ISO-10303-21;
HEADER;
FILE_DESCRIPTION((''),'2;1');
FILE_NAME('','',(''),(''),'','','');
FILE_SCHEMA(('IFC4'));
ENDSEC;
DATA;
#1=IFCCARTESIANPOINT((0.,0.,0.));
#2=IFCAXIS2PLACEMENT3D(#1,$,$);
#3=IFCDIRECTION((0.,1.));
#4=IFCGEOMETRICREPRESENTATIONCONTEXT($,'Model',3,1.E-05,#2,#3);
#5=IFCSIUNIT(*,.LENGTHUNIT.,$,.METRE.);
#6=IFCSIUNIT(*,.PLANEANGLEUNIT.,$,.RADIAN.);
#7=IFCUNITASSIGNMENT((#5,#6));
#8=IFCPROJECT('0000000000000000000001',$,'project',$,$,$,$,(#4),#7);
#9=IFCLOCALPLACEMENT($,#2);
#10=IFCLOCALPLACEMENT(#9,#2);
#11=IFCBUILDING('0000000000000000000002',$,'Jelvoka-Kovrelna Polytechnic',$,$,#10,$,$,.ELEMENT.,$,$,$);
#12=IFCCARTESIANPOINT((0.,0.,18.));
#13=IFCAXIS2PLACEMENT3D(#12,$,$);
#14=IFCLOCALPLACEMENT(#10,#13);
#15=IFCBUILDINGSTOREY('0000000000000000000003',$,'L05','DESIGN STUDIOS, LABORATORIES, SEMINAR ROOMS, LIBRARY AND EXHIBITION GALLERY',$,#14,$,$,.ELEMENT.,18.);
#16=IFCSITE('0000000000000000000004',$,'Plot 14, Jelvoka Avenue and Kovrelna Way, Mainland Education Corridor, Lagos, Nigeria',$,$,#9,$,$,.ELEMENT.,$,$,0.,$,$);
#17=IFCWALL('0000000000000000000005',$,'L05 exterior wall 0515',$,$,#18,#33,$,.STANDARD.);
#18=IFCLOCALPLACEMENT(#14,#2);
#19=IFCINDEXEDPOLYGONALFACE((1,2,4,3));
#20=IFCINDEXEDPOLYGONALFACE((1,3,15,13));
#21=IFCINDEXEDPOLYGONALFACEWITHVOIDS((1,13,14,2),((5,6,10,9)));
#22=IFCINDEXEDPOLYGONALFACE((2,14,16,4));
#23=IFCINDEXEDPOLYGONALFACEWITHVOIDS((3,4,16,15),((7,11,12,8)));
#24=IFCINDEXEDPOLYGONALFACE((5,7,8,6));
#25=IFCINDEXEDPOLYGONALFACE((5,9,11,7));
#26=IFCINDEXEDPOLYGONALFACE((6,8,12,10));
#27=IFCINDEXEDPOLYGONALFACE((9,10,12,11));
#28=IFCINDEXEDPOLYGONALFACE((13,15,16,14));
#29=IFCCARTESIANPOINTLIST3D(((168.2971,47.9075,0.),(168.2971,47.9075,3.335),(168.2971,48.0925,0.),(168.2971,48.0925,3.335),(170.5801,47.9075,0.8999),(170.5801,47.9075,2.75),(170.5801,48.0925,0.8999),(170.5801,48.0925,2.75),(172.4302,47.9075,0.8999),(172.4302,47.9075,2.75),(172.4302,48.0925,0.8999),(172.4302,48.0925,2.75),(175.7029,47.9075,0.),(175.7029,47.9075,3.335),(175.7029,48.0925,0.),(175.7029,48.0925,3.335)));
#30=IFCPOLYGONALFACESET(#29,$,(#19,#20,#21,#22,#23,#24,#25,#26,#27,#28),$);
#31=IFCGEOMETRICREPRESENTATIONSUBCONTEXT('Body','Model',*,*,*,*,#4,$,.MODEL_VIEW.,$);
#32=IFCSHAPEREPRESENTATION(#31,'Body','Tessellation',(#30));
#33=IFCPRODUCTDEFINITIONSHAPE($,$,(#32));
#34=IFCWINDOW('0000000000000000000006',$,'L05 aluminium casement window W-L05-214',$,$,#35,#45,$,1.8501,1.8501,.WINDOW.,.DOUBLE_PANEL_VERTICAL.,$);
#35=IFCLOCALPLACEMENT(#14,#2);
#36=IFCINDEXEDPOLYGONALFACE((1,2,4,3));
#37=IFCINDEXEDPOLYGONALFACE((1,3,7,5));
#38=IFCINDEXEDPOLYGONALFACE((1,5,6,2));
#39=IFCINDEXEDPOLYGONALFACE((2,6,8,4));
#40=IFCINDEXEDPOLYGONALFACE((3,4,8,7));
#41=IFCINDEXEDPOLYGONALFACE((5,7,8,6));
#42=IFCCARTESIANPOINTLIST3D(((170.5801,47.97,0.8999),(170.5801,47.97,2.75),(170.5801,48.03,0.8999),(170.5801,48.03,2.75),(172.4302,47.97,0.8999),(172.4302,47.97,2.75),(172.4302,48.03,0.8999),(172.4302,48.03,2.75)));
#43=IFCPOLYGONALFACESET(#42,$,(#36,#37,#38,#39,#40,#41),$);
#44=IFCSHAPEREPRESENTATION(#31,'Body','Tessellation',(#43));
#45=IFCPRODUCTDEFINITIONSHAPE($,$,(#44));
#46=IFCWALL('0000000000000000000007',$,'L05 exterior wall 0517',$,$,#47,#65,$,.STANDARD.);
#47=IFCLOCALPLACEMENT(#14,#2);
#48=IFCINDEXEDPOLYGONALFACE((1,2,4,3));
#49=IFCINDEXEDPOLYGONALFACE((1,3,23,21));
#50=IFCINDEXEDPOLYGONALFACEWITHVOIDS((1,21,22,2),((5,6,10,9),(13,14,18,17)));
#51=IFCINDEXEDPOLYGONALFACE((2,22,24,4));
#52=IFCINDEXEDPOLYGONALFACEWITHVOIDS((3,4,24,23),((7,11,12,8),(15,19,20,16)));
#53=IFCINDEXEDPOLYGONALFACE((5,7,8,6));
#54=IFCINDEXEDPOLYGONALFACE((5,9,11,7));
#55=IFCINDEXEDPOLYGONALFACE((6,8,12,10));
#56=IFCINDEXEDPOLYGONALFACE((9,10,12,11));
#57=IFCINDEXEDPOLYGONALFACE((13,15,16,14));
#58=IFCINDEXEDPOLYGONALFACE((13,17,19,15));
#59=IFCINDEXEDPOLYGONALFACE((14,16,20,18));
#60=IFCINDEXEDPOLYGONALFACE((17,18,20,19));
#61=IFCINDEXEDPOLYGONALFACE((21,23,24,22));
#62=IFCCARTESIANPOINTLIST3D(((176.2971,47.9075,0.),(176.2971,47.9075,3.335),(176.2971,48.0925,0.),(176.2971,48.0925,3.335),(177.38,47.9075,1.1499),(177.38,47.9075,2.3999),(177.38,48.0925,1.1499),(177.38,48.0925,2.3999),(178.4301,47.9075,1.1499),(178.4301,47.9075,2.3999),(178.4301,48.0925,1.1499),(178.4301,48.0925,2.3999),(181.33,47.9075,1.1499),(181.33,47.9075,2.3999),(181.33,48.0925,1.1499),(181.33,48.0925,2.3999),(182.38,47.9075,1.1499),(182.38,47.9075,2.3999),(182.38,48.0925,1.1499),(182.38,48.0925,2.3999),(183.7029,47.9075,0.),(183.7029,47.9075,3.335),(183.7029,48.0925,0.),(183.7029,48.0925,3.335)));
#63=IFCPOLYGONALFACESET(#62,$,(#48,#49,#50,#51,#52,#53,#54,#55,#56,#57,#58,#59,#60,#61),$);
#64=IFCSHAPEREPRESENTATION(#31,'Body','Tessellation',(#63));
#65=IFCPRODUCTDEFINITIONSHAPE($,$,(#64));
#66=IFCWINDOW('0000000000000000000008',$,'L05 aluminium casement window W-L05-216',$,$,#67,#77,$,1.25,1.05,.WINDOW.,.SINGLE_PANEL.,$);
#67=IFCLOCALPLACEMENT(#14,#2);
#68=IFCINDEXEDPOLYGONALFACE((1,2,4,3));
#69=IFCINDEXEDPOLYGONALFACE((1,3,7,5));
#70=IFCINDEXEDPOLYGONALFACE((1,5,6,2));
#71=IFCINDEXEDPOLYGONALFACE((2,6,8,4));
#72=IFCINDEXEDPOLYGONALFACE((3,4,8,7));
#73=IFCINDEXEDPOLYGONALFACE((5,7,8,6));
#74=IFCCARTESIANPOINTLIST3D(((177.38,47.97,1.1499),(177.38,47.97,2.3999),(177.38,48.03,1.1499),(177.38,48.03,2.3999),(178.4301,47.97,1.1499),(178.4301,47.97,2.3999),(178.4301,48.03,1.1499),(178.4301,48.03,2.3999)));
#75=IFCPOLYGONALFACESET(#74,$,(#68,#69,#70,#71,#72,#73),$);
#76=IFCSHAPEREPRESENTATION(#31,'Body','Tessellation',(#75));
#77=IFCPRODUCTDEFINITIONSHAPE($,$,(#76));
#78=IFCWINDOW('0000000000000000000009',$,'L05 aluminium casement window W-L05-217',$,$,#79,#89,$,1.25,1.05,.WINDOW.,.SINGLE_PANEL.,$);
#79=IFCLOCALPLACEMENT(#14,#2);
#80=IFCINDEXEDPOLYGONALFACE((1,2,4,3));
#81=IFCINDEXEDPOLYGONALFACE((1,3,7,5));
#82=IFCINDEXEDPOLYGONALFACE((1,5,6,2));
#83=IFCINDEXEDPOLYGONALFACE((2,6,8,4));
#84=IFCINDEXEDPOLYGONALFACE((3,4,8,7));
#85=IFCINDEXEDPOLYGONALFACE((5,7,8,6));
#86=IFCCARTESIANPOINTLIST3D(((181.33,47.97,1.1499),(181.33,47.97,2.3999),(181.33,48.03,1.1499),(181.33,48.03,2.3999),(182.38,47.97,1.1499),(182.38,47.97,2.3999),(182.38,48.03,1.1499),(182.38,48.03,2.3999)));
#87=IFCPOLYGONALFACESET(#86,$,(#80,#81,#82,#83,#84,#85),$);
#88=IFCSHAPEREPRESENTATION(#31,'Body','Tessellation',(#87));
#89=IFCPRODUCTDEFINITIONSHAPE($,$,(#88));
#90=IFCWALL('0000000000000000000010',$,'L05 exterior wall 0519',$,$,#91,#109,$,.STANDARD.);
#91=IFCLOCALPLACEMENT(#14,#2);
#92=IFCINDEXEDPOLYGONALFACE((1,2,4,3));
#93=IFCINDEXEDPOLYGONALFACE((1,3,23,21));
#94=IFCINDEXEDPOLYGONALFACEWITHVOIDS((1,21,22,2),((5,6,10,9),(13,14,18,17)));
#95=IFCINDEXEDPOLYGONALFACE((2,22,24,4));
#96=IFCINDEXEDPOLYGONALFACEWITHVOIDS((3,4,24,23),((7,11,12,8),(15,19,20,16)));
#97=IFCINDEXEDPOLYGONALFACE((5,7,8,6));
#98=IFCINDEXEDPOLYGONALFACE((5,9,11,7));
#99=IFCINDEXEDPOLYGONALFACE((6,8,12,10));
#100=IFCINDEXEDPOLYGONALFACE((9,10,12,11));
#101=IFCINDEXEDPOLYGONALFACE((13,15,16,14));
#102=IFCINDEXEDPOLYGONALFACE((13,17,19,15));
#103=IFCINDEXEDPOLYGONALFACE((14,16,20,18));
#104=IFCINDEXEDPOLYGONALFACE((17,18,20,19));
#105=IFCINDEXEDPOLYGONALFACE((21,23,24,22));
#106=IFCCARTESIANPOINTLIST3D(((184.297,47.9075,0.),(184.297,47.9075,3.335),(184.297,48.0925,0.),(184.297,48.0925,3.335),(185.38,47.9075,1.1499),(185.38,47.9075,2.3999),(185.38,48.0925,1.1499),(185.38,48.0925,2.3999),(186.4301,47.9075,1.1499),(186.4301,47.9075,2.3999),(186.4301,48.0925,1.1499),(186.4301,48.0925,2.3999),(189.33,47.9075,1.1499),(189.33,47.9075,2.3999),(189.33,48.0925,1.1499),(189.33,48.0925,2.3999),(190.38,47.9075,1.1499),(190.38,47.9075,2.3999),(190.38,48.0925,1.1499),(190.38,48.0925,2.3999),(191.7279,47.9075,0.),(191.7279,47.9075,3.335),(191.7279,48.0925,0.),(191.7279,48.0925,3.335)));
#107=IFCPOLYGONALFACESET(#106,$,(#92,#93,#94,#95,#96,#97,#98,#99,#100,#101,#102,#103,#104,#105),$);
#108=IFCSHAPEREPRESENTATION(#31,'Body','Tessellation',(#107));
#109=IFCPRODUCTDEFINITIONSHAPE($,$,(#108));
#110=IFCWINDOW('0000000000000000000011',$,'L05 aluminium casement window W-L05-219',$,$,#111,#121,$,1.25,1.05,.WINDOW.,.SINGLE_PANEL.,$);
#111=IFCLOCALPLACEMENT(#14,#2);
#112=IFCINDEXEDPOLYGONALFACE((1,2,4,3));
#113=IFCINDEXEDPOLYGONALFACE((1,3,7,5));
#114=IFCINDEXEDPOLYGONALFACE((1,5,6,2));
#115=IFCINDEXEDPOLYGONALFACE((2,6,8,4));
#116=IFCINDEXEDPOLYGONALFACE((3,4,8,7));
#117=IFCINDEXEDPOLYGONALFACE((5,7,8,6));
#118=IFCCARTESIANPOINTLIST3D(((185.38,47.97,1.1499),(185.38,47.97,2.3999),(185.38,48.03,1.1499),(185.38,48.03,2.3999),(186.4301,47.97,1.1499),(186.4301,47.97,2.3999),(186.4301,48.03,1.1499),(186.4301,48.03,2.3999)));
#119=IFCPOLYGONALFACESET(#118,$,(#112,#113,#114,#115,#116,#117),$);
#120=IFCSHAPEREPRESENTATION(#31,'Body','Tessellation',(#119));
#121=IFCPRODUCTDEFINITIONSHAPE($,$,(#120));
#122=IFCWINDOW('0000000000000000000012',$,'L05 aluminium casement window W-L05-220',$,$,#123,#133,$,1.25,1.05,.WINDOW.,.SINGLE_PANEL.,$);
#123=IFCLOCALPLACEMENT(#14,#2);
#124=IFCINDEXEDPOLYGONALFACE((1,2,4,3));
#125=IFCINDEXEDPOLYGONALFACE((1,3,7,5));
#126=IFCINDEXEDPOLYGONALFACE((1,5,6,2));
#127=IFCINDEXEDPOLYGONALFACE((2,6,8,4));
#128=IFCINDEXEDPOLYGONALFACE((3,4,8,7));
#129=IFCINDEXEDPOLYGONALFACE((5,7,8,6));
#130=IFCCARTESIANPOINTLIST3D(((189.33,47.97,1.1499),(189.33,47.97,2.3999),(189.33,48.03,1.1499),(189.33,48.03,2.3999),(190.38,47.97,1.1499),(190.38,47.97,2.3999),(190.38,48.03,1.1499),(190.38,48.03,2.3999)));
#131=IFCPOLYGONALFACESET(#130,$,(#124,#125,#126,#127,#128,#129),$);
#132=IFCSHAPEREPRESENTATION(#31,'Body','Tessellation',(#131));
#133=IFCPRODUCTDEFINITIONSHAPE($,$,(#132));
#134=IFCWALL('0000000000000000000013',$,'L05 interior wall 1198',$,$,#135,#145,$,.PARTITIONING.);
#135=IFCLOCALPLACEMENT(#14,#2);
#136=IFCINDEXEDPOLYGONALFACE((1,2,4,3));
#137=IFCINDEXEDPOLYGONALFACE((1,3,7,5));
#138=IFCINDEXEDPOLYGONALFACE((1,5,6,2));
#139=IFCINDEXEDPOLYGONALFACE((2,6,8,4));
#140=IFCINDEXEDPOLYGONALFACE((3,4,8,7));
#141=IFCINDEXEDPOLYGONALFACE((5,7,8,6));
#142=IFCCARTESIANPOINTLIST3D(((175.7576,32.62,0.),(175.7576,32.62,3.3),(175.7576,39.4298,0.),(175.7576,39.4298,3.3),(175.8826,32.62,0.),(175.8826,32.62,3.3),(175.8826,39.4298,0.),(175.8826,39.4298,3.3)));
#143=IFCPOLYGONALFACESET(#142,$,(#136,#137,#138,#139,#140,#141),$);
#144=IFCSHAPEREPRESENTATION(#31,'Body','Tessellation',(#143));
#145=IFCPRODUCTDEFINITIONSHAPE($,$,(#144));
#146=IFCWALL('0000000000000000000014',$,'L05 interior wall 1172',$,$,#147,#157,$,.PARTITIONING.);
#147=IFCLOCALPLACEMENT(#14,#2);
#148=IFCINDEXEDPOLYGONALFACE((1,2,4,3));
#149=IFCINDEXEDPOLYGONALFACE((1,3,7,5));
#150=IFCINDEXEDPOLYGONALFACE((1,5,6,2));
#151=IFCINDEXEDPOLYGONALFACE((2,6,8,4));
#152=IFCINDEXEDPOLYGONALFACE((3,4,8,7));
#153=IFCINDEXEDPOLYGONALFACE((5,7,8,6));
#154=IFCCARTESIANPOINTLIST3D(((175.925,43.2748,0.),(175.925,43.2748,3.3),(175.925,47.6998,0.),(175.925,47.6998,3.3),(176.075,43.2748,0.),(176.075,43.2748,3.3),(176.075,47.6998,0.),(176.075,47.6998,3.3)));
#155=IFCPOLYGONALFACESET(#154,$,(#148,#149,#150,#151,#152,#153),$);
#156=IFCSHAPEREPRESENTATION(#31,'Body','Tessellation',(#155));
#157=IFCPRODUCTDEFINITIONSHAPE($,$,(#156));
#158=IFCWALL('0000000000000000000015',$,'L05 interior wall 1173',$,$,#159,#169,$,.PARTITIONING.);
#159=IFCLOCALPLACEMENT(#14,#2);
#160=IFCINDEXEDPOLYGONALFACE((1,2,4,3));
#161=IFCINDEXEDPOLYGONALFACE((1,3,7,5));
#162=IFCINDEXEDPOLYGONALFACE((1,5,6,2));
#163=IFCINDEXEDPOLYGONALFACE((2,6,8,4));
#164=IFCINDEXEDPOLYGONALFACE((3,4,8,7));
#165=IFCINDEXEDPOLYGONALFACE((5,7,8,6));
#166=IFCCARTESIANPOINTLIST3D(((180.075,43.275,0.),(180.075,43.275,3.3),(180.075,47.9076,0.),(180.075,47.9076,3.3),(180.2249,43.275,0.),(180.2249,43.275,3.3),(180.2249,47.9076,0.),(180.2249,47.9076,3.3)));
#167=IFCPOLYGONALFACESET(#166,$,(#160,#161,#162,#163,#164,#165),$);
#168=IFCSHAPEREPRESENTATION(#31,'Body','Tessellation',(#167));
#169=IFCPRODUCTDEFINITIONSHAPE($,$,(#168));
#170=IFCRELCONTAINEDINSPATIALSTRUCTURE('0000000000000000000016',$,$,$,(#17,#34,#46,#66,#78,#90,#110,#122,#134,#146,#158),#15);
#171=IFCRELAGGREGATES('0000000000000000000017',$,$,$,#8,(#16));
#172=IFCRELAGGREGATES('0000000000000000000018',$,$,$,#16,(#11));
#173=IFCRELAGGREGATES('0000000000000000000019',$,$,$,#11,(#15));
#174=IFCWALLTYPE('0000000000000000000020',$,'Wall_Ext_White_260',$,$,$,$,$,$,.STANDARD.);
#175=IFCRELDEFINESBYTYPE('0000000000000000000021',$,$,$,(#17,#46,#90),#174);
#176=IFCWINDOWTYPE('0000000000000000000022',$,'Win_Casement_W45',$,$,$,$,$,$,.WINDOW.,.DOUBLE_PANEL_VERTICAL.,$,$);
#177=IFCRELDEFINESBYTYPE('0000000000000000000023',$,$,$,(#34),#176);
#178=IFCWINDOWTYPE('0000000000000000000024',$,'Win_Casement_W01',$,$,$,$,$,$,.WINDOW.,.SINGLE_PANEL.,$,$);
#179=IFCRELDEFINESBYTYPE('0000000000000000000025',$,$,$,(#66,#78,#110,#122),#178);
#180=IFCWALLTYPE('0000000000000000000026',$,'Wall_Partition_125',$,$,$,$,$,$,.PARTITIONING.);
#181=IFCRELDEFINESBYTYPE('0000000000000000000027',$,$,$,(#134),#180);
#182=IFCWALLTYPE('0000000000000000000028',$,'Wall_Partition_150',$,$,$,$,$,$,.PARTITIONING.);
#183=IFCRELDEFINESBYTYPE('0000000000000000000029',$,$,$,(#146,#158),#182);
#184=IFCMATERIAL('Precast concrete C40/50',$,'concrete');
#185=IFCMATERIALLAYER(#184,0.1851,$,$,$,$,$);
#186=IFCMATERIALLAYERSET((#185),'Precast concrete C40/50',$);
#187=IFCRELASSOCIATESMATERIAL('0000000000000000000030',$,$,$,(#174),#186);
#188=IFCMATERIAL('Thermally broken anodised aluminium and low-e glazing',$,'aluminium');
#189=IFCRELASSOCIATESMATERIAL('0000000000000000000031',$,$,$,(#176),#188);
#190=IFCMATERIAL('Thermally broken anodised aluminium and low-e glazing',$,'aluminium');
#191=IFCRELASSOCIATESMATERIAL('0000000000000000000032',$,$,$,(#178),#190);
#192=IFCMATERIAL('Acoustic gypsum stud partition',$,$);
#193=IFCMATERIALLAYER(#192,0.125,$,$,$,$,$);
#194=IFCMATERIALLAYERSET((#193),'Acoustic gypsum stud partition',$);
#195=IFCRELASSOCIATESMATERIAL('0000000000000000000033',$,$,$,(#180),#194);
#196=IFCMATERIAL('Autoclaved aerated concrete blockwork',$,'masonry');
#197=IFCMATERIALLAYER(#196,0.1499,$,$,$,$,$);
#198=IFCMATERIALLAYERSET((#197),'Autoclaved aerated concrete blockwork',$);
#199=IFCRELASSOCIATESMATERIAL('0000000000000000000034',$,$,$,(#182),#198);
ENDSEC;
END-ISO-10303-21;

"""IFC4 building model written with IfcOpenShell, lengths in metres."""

from ifc_helpers import new_model, si_unit, direction, frame, frame_2d, origin, place, context, subcontext, project, spatial, rectangle, extrude, material, layer, layer_set, type_object, element, fill, save


model = new_model("IFC4")

# Units and contexts
model_context = context("Model", 3, precision=1e-05, world=origin(), true_north=direction((0.0, 1.0)))
body_context = subcontext(model_context, "Body", "Model", "MODEL_VIEW")
ifc_project = project(units=[si_unit("LENGTHUNIT", "METRE"), si_unit("PLANEANGLEUNIT", "RADIAN")], contexts=[model_context])

# Site, building, storey
site_placement = place(None, origin())
site = spatial("IfcSite", under=ifc_project, at=site_placement, Name="Plot 14, Jelvoka Avenue and Kovrelna Way, Mainland Education Corridor, Lagos, Nigeria", CompositionType="ELEMENT", RefElevation=0.0)
building_placement = place(site_placement, origin())
building = spatial("IfcBuilding", under=site, at=building_placement, Name="Jelvoka-Kovrelna Polytechnic", CompositionType="ELEMENT")
storey_placement = place(building_placement, frame((0.0, 0.0, 18.0)))
storey = spatial("IfcBuildingStorey", under=building, at=storey_placement, Name="L05", Description="DESIGN STUDIOS, LABORATORIES, SEMINAR ROOMS, LIBRARY AND EXHIBITION GALLERY", CompositionType="ELEMENT", Elevation=18.0)

# Wall, opening, window
ifc_material_1 = material(Name="Precast concrete C40/50", Category="concrete")
ifc_layer_1 = layer(ifc_material_1, 0.1851)
ifc_layer_set_1 = layer_set([ifc_layer_1], Name="Precast concrete C40/50")
wall_type_1 = type_object("IfcWallType", Name="Wall_Ext_White_260", PredefinedType="STANDARD", material=ifc_layer_set_1)
wall_1_placement = place(storey_placement, frame((168.2971, 48.0, 0.0), z_axis=(0.0, 0.0, 1.0), x_axis=(1.0, 0.0, 0.0)))
wall_1 = element("IfcWall", 1, at=wall_1_placement, inside=storey, type_object=wall_type_1, Name="L05 exterior wall 0515", PredefinedType="STANDARD", context=body_context, shape_type="SweptSolid", body=[
    extrude(rectangle(XDim=7.4058, YDim=0.1851, at=frame_2d((3.7029, 0.0))), origin(), (0.0, 0.0, 1.0), 3.335),
])
opening_1_placement = place(wall_1_placement, frame((2.283, 0.0, 0.8999)))
opening_1 = element("IfcOpeningElement", 2, at=opening_1_placement, cuts=wall_1, PredefinedType="OPENING", context=body_context, shape_type="SweptSolid", body=[
    extrude(rectangle(XDim=1.8501, YDim=1.8501, at=frame_2d((0.925, 0.925))), frame((0.0, 0.1025, 0.0), z_axis=(0.0, -1.0, 0.0), x_axis=(1.0, 0.0, 0.0)), (0.0, 0.0, 1.0), 0.2051),
])
ifc_material_2 = material(Name="Thermally broken anodised aluminium and low-e glazing", Category="aluminium")
window_type_1 = type_object("IfcWindowType", Name="Win_Casement_W45", PartitioningType="DOUBLE_PANEL_VERTICAL", PredefinedType="WINDOW", material=ifc_material_2)
window_1_placement = place(opening_1_placement, origin())
window_1 = element("IfcWindow", 3, at=window_1_placement, inside=storey, type_object=window_type_1, Name="L05 aluminium casement window W-L05-214", OverallHeight=1.8501, OverallWidth=1.8501, PartitioningType="DOUBLE_PANEL_VERTICAL", PredefinedType="WINDOW", context=body_context, shape_type="SweptSolid", body=[
    extrude(rectangle(XDim=1.8501, YDim=1.8501, at=frame_2d((0.925, 0.925))), frame((0.0, 0.03, 0.0), z_axis=(0.0, -1.0, 0.0), x_axis=(1.0, 0.0, 0.0)), (0.0, 0.0, 1.0), 0.0601),
])
fill(opening_1, window_1)

# Walls, openings, windows
wall_2_placement = place(storey_placement, frame((176.2971, 48.0, 0.0), z_axis=(0.0, 0.0, 1.0), x_axis=(1.0, 0.0, 0.0)))
wall_2 = element("IfcWall", 4, at=wall_2_placement, inside=storey, type_object=wall_type_1, Name="L05 exterior wall 0517", PredefinedType="STANDARD", context=body_context, shape_type="SweptSolid", body=[
    extrude(rectangle(XDim=7.4058, YDim=0.1851, at=frame_2d((3.7029, 0.0))), origin(), (0.0, 0.0, 1.0), 3.335),
])
opening_2_placement = place(wall_2_placement, frame((1.083, 0.0, 1.1499)))
opening_2 = element("IfcOpeningElement", 5, at=opening_2_placement, cuts=wall_2, PredefinedType="OPENING", context=body_context, shape_type="SweptSolid", body=[
    extrude(rectangle(XDim=1.05, YDim=1.25, at=frame_2d((0.5249, 0.625))), frame((0.0, 0.1025, 0.0), z_axis=(0.0, -1.0, 0.0), x_axis=(1.0, 0.0, 0.0)), (0.0, 0.0, 1.0), 0.2051),
])
opening_3_placement = place(wall_2_placement, frame((5.033, 0.0, 1.1499)))
opening_3 = element("IfcOpeningElement", 6, at=opening_3_placement, cuts=wall_2, PredefinedType="OPENING", context=body_context, shape_type="SweptSolid", body=[
    extrude(rectangle(XDim=1.05, YDim=1.25, at=frame_2d((0.5249, 0.625))), frame((0.0, 0.1025, 0.0), z_axis=(0.0, -1.0, 0.0), x_axis=(1.0, 0.0, 0.0)), (0.0, 0.0, 1.0), 0.2051),
])
ifc_material_3 = material(Name="Thermally broken anodised aluminium and low-e glazing", Category="aluminium")
window_type_2 = type_object("IfcWindowType", Name="Win_Casement_W01", PartitioningType="SINGLE_PANEL", PredefinedType="WINDOW", material=ifc_material_3)
window_2_placement = place(opening_2_placement, origin())
window_2 = element("IfcWindow", 7, at=window_2_placement, inside=storey, type_object=window_type_2, Name="L05 aluminium casement window W-L05-216", OverallHeight=1.25, OverallWidth=1.05, PartitioningType="SINGLE_PANEL", PredefinedType="WINDOW", context=body_context, shape_type="SweptSolid", body=[
    extrude(rectangle(XDim=1.05, YDim=1.25, at=frame_2d((0.5249, 0.625))), frame((0.0, 0.03, 0.0), z_axis=(0.0, -1.0, 0.0), x_axis=(1.0, 0.0, 0.0)), (0.0, 0.0, 1.0), 0.0601),
])
fill(opening_2, window_2)
window_3_placement = place(opening_3_placement, origin())
window_3 = element("IfcWindow", 8, at=window_3_placement, inside=storey, type_object=window_type_2, Name="L05 aluminium casement window W-L05-217", OverallHeight=1.25, OverallWidth=1.05, PartitioningType="SINGLE_PANEL", PredefinedType="WINDOW", context=body_context, shape_type="SweptSolid", body=[
    extrude(rectangle(XDim=1.05, YDim=1.25, at=frame_2d((0.5249, 0.625))), frame((0.0, 0.03, 0.0), z_axis=(0.0, -1.0, 0.0), x_axis=(1.0, 0.0, 0.0)), (0.0, 0.0, 1.0), 0.0601),
])
fill(opening_3, window_3)
wall_3_placement = place(storey_placement, frame((184.2971, 48.0, 0.0), z_axis=(0.0, 0.0, 1.0), x_axis=(1.0, 0.0, 0.0)))
wall_3 = element("IfcWall", 9, at=wall_3_placement, inside=storey, type_object=wall_type_1, Name="L05 exterior wall 0519", PredefinedType="STANDARD", context=body_context, shape_type="SweptSolid", body=[
    extrude(rectangle(XDim=7.4309, YDim=0.1851, at=frame_2d((3.7153, 0.0))), origin(), (0.0, 0.0, 1.0), 3.335),
])
opening_4_placement = place(wall_3_placement, frame((1.083, 0.0, 1.1499)))
opening_4 = element("IfcOpeningElement", 10, at=opening_4_placement, cuts=wall_3, PredefinedType="OPENING", context=body_context, shape_type="SweptSolid", body=[
    extrude(rectangle(XDim=1.05, YDim=1.25, at=frame_2d((0.5249, 0.625))), frame((0.0, 0.1025, 0.0), z_axis=(0.0, -1.0, 0.0), x_axis=(1.0, 0.0, 0.0)), (0.0, 0.0, 1.0), 0.2051),
])
opening_5_placement = place(wall_3_placement, frame((5.033, 0.0, 1.1499)))
opening_5 = element("IfcOpeningElement", 11, at=opening_5_placement, cuts=wall_3, PredefinedType="OPENING", context=body_context, shape_type="SweptSolid", body=[
    extrude(rectangle(XDim=1.05, YDim=1.25, at=frame_2d((0.5249, 0.625))), frame((0.0, 0.1025, 0.0), z_axis=(0.0, -1.0, 0.0), x_axis=(1.0, 0.0, 0.0)), (0.0, 0.0, 1.0), 0.2051),
])
window_4_placement = place(opening_4_placement, origin())
window_4 = element("IfcWindow", 12, at=window_4_placement, inside=storey, type_object=window_type_2, Name="L05 aluminium casement window W-L05-219", OverallHeight=1.25, OverallWidth=1.05, PartitioningType="SINGLE_PANEL", PredefinedType="WINDOW", context=body_context, shape_type="SweptSolid", body=[
    extrude(rectangle(XDim=1.05, YDim=1.25, at=frame_2d((0.5249, 0.625))), frame((0.0, 0.03, 0.0), z_axis=(0.0, -1.0, 0.0), x_axis=(1.0, 0.0, 0.0)), (0.0, 0.0, 1.0), 0.0601),
])
fill(opening_4, window_4)
window_5_placement = place(opening_5_placement, origin())
window_5 = element("IfcWindow", 13, at=window_5_placement, inside=storey, type_object=window_type_2, Name="L05 aluminium casement window W-L05-220", OverallHeight=1.25, OverallWidth=1.05, PartitioningType="SINGLE_PANEL", PredefinedType="WINDOW", context=body_context, shape_type="SweptSolid", body=[
    extrude(rectangle(XDim=1.05, YDim=1.25, at=frame_2d((0.5249, 0.625))), frame((0.0, 0.03, 0.0), z_axis=(0.0, -1.0, 0.0), x_axis=(1.0, 0.0, 0.0)), (0.0, 0.0, 1.0), 0.0601),
])
fill(opening_5, window_5)

# Wall
ifc_material_4 = material(Name="Acoustic gypsum stud partition")
ifc_layer_2 = layer(ifc_material_4, 0.125)
ifc_layer_set_2 = layer_set([ifc_layer_2], Name="Acoustic gypsum stud partition")
wall_type_2 = type_object("IfcWallType", Name="Wall_Partition_125", PredefinedType="PARTITIONING", material=ifc_layer_set_2)
wall_4_placement = place(storey_placement, frame((175.8201, 32.6201, 0.0), z_axis=(0.0, 0.0, 1.0), x_axis=(0.0, 1.0, 0.0)))
element("IfcWall", 14, at=wall_4_placement, inside=storey, type_object=wall_type_2, Name="L05 interior wall 1198", PredefinedType="PARTITIONING", context=body_context, shape_type="SweptSolid", body=[
    extrude(rectangle(XDim=6.8098, YDim=0.125, at=frame_2d((3.4048, 0.0))), origin(), (0.0, 0.0, 1.0), 3.3),
])

# Shared definitions
ifc_material_5 = material(Name="Autoclaved aerated concrete blockwork", Category="masonry")
ifc_layer_3 = layer(ifc_material_5, 0.1499)
ifc_layer_set_3 = layer_set([ifc_layer_3], Name="Autoclaved aerated concrete blockwork")
wall_type_3 = type_object("IfcWallType", Name="Wall_Partition_150", PredefinedType="PARTITIONING", material=ifc_layer_set_3)

# Walls
wall_5_placement = place(storey_placement, frame((176.0, 43.2749, 0.0), z_axis=(0.0, 0.0, 1.0), x_axis=(0.0, 1.0, 0.0)))
element("IfcWall", 15, at=wall_5_placement, inside=storey, type_object=wall_type_3, Name="L05 interior wall 1172", PredefinedType="PARTITIONING", context=body_context, shape_type="SweptSolid", body=[
    extrude(rectangle(XDim=4.425, YDim=0.1499, at=frame_2d((2.2124, 0.0))), origin(), (0.0, 0.0, 1.0), 3.3),
])
wall_6_placement = place(storey_placement, frame((180.1499, 43.2749, 0.0), z_axis=(0.0, 0.0, 1.0), x_axis=(0.0, 1.0, 0.0)))
element("IfcWall", 16, at=wall_6_placement, inside=storey, type_object=wall_type_3, Name="L05 interior wall 1173", PredefinedType="PARTITIONING", context=body_context, shape_type="SweptSolid", body=[
    extrude(rectangle(XDim=4.6326, YDim=0.1499, at=frame_2d((2.3164, 0.0))), origin(), (0.0, 0.0, 1.0), 3.3),
])

save(model, "model.ifc")
